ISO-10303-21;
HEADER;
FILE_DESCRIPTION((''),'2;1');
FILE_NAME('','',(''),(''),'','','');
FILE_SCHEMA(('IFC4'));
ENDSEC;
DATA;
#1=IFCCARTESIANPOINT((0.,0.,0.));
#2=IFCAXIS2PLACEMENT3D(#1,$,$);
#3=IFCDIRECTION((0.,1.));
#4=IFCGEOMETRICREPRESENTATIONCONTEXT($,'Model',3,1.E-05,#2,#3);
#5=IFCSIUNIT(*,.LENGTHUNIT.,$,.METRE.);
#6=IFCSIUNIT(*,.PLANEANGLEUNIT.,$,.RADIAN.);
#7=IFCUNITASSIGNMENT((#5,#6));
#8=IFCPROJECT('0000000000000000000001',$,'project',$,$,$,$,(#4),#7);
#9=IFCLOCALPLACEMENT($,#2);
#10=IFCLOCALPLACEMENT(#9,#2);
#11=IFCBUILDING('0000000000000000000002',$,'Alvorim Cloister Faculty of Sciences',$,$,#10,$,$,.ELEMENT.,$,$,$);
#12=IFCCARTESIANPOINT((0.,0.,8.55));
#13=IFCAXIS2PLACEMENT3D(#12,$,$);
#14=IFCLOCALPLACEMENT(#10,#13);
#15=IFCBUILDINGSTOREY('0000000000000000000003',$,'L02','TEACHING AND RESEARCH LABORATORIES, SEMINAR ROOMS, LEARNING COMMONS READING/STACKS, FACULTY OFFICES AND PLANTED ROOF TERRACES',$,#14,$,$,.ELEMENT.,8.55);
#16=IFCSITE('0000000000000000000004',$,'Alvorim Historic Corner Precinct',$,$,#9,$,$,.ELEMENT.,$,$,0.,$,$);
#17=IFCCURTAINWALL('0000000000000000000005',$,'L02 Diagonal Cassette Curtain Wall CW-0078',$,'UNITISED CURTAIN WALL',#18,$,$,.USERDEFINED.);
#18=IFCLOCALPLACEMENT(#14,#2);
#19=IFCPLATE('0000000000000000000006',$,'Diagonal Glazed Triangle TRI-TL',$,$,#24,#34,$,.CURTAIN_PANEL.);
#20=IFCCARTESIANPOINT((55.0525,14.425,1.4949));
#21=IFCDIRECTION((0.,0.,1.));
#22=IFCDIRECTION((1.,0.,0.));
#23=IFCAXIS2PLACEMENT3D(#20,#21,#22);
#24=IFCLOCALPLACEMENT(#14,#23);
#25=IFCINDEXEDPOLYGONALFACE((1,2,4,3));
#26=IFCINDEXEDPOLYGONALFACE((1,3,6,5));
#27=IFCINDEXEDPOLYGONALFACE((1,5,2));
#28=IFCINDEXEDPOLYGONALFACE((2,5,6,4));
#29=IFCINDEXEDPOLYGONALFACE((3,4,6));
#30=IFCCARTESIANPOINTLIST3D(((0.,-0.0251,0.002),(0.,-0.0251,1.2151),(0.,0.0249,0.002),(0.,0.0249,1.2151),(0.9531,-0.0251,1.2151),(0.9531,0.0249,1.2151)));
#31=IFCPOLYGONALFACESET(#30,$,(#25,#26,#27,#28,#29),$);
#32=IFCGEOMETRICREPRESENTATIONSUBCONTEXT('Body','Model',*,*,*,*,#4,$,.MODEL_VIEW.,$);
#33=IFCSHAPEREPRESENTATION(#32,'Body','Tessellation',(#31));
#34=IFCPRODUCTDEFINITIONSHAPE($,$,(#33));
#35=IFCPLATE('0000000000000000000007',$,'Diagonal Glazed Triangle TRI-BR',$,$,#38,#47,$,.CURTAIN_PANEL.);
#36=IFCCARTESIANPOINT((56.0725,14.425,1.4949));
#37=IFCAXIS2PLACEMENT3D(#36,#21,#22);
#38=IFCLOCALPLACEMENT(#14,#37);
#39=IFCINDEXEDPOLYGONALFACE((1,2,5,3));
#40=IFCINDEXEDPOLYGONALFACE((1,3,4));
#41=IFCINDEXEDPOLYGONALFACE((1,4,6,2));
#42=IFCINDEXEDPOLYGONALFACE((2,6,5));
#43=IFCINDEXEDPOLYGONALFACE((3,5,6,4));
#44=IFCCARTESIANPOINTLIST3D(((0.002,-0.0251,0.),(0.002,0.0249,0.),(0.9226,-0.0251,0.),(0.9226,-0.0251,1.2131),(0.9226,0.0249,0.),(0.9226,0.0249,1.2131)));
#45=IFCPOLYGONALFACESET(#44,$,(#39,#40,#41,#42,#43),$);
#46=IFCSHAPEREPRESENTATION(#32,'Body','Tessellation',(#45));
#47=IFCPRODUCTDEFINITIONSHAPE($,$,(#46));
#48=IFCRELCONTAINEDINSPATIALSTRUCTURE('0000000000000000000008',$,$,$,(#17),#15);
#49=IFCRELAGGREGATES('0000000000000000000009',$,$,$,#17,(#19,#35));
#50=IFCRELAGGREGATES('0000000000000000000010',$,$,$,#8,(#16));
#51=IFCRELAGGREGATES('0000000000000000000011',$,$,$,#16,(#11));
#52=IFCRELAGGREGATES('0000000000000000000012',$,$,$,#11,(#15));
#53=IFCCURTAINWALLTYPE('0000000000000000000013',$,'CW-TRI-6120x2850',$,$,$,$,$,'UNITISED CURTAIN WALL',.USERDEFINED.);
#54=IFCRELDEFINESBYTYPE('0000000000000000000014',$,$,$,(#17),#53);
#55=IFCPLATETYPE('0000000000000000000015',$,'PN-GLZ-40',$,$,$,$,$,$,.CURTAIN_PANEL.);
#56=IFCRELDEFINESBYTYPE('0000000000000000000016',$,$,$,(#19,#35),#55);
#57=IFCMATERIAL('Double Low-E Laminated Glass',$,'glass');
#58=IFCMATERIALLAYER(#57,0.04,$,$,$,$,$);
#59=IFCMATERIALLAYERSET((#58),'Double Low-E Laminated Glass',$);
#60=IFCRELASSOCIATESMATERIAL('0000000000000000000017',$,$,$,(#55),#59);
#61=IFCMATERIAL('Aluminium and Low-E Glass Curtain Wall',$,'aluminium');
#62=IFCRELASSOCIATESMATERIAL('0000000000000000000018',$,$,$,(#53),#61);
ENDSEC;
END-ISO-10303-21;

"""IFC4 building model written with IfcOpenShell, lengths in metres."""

from ifc_helpers import new_model, si_unit, direction, frame, origin, place, context, subcontext, project, spatial, polyline, outline, extrude, material, layer, layer_set, type_object, element, aggregate, save


model = new_model("IFC4")

# Units and contexts
model_context = context("Model", 3, precision=1e-05, world=origin(), true_north=direction((0.0, 1.0)))
body_context = subcontext(model_context, "Body", "Model", "MODEL_VIEW")
ifc_project = project(units=[si_unit("LENGTHUNIT", "METRE"), si_unit("PLANEANGLEUNIT", "RADIAN")], contexts=[model_context])

# Site, building, storey
site_placement = place(None, origin())
site = spatial("IfcSite", under=ifc_project, at=site_placement, Name="Alvorim Historic Corner Precinct", CompositionType="ELEMENT", RefElevation=0.0)
building_placement = place(site_placement, origin())
building = spatial("IfcBuilding", under=site, at=building_placement, Name="Alvorim Cloister Faculty of Sciences", CompositionType="ELEMENT")
storey_placement = place(building_placement, frame((0.0, 0.0, 8.55)))
storey = spatial("IfcBuildingStorey", under=building, at=storey_placement, Name="L02", Description="TEACHING AND RESEARCH LABORATORIES, SEMINAR ROOMS, LEARNING COMMONS READING/STACKS, FACULTY OFFICES AND PLANTED ROOF TERRACES", CompositionType="ELEMENT", Elevation=8.55)

# Curtain wall, plates
ifc_material_1 = material(Name="Aluminium and Low-E Glass Curtain Wall", Category="aluminium")
ifc_material_2 = material(Name="Double Low-E Laminated Glass", Category="glass")
ifc_layer_1 = layer(ifc_material_2, 0.04)
ifc_layer_set_1 = layer_set([ifc_layer_1], Name="Double Low-E Laminated Glass")
plate_type = type_object("IfcPlateType", Name="PN-GLZ-40", PredefinedType="CURTAIN_PANEL", material=ifc_layer_set_1)
curtain_wall_type_1 = type_object("IfcCurtainWallType", Name="CW-TRI-6120x2850", ElementType="UNITISED CURTAIN WALL", PredefinedType="USERDEFINED", material=ifc_material_1)
curtain_wall_1_placement = place(storey_placement, origin())
curtain_wall_1 = element("IfcCurtainWall", 1, at=curtain_wall_1_placement, inside=storey, type_object=curtain_wall_type_1, Name="L02 Diagonal Cassette Curtain Wall CW-0078", ObjectType="UNITISED CURTAIN WALL", PredefinedType="USERDEFINED")
plate_1_placement = place(storey_placement, frame((55.0525, 14.425, 1.4949), z_axis=(0.0, 0.0, 1.0), x_axis=(1.0, 0.0, 0.0)))
plate_1 = element("IfcPlate", 2, at=plate_1_placement, type_object=plate_type, Name="Diagonal Glazed Triangle TRI-TL", PredefinedType="CURTAIN_PANEL", context=body_context, shape_type="SweptSolid", body=[
    extrude(outline(polyline([(0.9531, 1.2151), (0.0, 1.2151), (0.0, 0.002), (0.9531, 1.2151)])), frame((0.0, 0.0249, 0.0), z_axis=(0.0, -1.0, 0.0), x_axis=(1.0, 0.0, 0.0)), (0.0, 0.0, 1.0), 0.05),
])
plate_2_placement = place(storey_placement, frame((56.0725, 14.425, 1.4949), z_axis=(0.0, 0.0, 1.0), x_axis=(1.0, 0.0, 0.0)))
plate_2 = element("IfcPlate", 3, at=plate_2_placement, type_object=plate_type, Name="Diagonal Glazed Triangle TRI-BR", PredefinedType="CURTAIN_PANEL", context=body_context, shape_type="SweptSolid", body=[
    extrude(outline(polyline([(0.002, 0.0), (0.9226, 0.0), (0.9226, 1.2131), (0.002, 0.0)])), frame((0.0, 0.0249, 0.0), z_axis=(0.0, -1.0, 0.0), x_axis=(1.0, 0.0, 0.0)), (0.0, 0.0, 1.0), 0.05),
])
aggregate(curtain_wall_1, [plate_1, plate_2])

save(model, "model.ifc")
